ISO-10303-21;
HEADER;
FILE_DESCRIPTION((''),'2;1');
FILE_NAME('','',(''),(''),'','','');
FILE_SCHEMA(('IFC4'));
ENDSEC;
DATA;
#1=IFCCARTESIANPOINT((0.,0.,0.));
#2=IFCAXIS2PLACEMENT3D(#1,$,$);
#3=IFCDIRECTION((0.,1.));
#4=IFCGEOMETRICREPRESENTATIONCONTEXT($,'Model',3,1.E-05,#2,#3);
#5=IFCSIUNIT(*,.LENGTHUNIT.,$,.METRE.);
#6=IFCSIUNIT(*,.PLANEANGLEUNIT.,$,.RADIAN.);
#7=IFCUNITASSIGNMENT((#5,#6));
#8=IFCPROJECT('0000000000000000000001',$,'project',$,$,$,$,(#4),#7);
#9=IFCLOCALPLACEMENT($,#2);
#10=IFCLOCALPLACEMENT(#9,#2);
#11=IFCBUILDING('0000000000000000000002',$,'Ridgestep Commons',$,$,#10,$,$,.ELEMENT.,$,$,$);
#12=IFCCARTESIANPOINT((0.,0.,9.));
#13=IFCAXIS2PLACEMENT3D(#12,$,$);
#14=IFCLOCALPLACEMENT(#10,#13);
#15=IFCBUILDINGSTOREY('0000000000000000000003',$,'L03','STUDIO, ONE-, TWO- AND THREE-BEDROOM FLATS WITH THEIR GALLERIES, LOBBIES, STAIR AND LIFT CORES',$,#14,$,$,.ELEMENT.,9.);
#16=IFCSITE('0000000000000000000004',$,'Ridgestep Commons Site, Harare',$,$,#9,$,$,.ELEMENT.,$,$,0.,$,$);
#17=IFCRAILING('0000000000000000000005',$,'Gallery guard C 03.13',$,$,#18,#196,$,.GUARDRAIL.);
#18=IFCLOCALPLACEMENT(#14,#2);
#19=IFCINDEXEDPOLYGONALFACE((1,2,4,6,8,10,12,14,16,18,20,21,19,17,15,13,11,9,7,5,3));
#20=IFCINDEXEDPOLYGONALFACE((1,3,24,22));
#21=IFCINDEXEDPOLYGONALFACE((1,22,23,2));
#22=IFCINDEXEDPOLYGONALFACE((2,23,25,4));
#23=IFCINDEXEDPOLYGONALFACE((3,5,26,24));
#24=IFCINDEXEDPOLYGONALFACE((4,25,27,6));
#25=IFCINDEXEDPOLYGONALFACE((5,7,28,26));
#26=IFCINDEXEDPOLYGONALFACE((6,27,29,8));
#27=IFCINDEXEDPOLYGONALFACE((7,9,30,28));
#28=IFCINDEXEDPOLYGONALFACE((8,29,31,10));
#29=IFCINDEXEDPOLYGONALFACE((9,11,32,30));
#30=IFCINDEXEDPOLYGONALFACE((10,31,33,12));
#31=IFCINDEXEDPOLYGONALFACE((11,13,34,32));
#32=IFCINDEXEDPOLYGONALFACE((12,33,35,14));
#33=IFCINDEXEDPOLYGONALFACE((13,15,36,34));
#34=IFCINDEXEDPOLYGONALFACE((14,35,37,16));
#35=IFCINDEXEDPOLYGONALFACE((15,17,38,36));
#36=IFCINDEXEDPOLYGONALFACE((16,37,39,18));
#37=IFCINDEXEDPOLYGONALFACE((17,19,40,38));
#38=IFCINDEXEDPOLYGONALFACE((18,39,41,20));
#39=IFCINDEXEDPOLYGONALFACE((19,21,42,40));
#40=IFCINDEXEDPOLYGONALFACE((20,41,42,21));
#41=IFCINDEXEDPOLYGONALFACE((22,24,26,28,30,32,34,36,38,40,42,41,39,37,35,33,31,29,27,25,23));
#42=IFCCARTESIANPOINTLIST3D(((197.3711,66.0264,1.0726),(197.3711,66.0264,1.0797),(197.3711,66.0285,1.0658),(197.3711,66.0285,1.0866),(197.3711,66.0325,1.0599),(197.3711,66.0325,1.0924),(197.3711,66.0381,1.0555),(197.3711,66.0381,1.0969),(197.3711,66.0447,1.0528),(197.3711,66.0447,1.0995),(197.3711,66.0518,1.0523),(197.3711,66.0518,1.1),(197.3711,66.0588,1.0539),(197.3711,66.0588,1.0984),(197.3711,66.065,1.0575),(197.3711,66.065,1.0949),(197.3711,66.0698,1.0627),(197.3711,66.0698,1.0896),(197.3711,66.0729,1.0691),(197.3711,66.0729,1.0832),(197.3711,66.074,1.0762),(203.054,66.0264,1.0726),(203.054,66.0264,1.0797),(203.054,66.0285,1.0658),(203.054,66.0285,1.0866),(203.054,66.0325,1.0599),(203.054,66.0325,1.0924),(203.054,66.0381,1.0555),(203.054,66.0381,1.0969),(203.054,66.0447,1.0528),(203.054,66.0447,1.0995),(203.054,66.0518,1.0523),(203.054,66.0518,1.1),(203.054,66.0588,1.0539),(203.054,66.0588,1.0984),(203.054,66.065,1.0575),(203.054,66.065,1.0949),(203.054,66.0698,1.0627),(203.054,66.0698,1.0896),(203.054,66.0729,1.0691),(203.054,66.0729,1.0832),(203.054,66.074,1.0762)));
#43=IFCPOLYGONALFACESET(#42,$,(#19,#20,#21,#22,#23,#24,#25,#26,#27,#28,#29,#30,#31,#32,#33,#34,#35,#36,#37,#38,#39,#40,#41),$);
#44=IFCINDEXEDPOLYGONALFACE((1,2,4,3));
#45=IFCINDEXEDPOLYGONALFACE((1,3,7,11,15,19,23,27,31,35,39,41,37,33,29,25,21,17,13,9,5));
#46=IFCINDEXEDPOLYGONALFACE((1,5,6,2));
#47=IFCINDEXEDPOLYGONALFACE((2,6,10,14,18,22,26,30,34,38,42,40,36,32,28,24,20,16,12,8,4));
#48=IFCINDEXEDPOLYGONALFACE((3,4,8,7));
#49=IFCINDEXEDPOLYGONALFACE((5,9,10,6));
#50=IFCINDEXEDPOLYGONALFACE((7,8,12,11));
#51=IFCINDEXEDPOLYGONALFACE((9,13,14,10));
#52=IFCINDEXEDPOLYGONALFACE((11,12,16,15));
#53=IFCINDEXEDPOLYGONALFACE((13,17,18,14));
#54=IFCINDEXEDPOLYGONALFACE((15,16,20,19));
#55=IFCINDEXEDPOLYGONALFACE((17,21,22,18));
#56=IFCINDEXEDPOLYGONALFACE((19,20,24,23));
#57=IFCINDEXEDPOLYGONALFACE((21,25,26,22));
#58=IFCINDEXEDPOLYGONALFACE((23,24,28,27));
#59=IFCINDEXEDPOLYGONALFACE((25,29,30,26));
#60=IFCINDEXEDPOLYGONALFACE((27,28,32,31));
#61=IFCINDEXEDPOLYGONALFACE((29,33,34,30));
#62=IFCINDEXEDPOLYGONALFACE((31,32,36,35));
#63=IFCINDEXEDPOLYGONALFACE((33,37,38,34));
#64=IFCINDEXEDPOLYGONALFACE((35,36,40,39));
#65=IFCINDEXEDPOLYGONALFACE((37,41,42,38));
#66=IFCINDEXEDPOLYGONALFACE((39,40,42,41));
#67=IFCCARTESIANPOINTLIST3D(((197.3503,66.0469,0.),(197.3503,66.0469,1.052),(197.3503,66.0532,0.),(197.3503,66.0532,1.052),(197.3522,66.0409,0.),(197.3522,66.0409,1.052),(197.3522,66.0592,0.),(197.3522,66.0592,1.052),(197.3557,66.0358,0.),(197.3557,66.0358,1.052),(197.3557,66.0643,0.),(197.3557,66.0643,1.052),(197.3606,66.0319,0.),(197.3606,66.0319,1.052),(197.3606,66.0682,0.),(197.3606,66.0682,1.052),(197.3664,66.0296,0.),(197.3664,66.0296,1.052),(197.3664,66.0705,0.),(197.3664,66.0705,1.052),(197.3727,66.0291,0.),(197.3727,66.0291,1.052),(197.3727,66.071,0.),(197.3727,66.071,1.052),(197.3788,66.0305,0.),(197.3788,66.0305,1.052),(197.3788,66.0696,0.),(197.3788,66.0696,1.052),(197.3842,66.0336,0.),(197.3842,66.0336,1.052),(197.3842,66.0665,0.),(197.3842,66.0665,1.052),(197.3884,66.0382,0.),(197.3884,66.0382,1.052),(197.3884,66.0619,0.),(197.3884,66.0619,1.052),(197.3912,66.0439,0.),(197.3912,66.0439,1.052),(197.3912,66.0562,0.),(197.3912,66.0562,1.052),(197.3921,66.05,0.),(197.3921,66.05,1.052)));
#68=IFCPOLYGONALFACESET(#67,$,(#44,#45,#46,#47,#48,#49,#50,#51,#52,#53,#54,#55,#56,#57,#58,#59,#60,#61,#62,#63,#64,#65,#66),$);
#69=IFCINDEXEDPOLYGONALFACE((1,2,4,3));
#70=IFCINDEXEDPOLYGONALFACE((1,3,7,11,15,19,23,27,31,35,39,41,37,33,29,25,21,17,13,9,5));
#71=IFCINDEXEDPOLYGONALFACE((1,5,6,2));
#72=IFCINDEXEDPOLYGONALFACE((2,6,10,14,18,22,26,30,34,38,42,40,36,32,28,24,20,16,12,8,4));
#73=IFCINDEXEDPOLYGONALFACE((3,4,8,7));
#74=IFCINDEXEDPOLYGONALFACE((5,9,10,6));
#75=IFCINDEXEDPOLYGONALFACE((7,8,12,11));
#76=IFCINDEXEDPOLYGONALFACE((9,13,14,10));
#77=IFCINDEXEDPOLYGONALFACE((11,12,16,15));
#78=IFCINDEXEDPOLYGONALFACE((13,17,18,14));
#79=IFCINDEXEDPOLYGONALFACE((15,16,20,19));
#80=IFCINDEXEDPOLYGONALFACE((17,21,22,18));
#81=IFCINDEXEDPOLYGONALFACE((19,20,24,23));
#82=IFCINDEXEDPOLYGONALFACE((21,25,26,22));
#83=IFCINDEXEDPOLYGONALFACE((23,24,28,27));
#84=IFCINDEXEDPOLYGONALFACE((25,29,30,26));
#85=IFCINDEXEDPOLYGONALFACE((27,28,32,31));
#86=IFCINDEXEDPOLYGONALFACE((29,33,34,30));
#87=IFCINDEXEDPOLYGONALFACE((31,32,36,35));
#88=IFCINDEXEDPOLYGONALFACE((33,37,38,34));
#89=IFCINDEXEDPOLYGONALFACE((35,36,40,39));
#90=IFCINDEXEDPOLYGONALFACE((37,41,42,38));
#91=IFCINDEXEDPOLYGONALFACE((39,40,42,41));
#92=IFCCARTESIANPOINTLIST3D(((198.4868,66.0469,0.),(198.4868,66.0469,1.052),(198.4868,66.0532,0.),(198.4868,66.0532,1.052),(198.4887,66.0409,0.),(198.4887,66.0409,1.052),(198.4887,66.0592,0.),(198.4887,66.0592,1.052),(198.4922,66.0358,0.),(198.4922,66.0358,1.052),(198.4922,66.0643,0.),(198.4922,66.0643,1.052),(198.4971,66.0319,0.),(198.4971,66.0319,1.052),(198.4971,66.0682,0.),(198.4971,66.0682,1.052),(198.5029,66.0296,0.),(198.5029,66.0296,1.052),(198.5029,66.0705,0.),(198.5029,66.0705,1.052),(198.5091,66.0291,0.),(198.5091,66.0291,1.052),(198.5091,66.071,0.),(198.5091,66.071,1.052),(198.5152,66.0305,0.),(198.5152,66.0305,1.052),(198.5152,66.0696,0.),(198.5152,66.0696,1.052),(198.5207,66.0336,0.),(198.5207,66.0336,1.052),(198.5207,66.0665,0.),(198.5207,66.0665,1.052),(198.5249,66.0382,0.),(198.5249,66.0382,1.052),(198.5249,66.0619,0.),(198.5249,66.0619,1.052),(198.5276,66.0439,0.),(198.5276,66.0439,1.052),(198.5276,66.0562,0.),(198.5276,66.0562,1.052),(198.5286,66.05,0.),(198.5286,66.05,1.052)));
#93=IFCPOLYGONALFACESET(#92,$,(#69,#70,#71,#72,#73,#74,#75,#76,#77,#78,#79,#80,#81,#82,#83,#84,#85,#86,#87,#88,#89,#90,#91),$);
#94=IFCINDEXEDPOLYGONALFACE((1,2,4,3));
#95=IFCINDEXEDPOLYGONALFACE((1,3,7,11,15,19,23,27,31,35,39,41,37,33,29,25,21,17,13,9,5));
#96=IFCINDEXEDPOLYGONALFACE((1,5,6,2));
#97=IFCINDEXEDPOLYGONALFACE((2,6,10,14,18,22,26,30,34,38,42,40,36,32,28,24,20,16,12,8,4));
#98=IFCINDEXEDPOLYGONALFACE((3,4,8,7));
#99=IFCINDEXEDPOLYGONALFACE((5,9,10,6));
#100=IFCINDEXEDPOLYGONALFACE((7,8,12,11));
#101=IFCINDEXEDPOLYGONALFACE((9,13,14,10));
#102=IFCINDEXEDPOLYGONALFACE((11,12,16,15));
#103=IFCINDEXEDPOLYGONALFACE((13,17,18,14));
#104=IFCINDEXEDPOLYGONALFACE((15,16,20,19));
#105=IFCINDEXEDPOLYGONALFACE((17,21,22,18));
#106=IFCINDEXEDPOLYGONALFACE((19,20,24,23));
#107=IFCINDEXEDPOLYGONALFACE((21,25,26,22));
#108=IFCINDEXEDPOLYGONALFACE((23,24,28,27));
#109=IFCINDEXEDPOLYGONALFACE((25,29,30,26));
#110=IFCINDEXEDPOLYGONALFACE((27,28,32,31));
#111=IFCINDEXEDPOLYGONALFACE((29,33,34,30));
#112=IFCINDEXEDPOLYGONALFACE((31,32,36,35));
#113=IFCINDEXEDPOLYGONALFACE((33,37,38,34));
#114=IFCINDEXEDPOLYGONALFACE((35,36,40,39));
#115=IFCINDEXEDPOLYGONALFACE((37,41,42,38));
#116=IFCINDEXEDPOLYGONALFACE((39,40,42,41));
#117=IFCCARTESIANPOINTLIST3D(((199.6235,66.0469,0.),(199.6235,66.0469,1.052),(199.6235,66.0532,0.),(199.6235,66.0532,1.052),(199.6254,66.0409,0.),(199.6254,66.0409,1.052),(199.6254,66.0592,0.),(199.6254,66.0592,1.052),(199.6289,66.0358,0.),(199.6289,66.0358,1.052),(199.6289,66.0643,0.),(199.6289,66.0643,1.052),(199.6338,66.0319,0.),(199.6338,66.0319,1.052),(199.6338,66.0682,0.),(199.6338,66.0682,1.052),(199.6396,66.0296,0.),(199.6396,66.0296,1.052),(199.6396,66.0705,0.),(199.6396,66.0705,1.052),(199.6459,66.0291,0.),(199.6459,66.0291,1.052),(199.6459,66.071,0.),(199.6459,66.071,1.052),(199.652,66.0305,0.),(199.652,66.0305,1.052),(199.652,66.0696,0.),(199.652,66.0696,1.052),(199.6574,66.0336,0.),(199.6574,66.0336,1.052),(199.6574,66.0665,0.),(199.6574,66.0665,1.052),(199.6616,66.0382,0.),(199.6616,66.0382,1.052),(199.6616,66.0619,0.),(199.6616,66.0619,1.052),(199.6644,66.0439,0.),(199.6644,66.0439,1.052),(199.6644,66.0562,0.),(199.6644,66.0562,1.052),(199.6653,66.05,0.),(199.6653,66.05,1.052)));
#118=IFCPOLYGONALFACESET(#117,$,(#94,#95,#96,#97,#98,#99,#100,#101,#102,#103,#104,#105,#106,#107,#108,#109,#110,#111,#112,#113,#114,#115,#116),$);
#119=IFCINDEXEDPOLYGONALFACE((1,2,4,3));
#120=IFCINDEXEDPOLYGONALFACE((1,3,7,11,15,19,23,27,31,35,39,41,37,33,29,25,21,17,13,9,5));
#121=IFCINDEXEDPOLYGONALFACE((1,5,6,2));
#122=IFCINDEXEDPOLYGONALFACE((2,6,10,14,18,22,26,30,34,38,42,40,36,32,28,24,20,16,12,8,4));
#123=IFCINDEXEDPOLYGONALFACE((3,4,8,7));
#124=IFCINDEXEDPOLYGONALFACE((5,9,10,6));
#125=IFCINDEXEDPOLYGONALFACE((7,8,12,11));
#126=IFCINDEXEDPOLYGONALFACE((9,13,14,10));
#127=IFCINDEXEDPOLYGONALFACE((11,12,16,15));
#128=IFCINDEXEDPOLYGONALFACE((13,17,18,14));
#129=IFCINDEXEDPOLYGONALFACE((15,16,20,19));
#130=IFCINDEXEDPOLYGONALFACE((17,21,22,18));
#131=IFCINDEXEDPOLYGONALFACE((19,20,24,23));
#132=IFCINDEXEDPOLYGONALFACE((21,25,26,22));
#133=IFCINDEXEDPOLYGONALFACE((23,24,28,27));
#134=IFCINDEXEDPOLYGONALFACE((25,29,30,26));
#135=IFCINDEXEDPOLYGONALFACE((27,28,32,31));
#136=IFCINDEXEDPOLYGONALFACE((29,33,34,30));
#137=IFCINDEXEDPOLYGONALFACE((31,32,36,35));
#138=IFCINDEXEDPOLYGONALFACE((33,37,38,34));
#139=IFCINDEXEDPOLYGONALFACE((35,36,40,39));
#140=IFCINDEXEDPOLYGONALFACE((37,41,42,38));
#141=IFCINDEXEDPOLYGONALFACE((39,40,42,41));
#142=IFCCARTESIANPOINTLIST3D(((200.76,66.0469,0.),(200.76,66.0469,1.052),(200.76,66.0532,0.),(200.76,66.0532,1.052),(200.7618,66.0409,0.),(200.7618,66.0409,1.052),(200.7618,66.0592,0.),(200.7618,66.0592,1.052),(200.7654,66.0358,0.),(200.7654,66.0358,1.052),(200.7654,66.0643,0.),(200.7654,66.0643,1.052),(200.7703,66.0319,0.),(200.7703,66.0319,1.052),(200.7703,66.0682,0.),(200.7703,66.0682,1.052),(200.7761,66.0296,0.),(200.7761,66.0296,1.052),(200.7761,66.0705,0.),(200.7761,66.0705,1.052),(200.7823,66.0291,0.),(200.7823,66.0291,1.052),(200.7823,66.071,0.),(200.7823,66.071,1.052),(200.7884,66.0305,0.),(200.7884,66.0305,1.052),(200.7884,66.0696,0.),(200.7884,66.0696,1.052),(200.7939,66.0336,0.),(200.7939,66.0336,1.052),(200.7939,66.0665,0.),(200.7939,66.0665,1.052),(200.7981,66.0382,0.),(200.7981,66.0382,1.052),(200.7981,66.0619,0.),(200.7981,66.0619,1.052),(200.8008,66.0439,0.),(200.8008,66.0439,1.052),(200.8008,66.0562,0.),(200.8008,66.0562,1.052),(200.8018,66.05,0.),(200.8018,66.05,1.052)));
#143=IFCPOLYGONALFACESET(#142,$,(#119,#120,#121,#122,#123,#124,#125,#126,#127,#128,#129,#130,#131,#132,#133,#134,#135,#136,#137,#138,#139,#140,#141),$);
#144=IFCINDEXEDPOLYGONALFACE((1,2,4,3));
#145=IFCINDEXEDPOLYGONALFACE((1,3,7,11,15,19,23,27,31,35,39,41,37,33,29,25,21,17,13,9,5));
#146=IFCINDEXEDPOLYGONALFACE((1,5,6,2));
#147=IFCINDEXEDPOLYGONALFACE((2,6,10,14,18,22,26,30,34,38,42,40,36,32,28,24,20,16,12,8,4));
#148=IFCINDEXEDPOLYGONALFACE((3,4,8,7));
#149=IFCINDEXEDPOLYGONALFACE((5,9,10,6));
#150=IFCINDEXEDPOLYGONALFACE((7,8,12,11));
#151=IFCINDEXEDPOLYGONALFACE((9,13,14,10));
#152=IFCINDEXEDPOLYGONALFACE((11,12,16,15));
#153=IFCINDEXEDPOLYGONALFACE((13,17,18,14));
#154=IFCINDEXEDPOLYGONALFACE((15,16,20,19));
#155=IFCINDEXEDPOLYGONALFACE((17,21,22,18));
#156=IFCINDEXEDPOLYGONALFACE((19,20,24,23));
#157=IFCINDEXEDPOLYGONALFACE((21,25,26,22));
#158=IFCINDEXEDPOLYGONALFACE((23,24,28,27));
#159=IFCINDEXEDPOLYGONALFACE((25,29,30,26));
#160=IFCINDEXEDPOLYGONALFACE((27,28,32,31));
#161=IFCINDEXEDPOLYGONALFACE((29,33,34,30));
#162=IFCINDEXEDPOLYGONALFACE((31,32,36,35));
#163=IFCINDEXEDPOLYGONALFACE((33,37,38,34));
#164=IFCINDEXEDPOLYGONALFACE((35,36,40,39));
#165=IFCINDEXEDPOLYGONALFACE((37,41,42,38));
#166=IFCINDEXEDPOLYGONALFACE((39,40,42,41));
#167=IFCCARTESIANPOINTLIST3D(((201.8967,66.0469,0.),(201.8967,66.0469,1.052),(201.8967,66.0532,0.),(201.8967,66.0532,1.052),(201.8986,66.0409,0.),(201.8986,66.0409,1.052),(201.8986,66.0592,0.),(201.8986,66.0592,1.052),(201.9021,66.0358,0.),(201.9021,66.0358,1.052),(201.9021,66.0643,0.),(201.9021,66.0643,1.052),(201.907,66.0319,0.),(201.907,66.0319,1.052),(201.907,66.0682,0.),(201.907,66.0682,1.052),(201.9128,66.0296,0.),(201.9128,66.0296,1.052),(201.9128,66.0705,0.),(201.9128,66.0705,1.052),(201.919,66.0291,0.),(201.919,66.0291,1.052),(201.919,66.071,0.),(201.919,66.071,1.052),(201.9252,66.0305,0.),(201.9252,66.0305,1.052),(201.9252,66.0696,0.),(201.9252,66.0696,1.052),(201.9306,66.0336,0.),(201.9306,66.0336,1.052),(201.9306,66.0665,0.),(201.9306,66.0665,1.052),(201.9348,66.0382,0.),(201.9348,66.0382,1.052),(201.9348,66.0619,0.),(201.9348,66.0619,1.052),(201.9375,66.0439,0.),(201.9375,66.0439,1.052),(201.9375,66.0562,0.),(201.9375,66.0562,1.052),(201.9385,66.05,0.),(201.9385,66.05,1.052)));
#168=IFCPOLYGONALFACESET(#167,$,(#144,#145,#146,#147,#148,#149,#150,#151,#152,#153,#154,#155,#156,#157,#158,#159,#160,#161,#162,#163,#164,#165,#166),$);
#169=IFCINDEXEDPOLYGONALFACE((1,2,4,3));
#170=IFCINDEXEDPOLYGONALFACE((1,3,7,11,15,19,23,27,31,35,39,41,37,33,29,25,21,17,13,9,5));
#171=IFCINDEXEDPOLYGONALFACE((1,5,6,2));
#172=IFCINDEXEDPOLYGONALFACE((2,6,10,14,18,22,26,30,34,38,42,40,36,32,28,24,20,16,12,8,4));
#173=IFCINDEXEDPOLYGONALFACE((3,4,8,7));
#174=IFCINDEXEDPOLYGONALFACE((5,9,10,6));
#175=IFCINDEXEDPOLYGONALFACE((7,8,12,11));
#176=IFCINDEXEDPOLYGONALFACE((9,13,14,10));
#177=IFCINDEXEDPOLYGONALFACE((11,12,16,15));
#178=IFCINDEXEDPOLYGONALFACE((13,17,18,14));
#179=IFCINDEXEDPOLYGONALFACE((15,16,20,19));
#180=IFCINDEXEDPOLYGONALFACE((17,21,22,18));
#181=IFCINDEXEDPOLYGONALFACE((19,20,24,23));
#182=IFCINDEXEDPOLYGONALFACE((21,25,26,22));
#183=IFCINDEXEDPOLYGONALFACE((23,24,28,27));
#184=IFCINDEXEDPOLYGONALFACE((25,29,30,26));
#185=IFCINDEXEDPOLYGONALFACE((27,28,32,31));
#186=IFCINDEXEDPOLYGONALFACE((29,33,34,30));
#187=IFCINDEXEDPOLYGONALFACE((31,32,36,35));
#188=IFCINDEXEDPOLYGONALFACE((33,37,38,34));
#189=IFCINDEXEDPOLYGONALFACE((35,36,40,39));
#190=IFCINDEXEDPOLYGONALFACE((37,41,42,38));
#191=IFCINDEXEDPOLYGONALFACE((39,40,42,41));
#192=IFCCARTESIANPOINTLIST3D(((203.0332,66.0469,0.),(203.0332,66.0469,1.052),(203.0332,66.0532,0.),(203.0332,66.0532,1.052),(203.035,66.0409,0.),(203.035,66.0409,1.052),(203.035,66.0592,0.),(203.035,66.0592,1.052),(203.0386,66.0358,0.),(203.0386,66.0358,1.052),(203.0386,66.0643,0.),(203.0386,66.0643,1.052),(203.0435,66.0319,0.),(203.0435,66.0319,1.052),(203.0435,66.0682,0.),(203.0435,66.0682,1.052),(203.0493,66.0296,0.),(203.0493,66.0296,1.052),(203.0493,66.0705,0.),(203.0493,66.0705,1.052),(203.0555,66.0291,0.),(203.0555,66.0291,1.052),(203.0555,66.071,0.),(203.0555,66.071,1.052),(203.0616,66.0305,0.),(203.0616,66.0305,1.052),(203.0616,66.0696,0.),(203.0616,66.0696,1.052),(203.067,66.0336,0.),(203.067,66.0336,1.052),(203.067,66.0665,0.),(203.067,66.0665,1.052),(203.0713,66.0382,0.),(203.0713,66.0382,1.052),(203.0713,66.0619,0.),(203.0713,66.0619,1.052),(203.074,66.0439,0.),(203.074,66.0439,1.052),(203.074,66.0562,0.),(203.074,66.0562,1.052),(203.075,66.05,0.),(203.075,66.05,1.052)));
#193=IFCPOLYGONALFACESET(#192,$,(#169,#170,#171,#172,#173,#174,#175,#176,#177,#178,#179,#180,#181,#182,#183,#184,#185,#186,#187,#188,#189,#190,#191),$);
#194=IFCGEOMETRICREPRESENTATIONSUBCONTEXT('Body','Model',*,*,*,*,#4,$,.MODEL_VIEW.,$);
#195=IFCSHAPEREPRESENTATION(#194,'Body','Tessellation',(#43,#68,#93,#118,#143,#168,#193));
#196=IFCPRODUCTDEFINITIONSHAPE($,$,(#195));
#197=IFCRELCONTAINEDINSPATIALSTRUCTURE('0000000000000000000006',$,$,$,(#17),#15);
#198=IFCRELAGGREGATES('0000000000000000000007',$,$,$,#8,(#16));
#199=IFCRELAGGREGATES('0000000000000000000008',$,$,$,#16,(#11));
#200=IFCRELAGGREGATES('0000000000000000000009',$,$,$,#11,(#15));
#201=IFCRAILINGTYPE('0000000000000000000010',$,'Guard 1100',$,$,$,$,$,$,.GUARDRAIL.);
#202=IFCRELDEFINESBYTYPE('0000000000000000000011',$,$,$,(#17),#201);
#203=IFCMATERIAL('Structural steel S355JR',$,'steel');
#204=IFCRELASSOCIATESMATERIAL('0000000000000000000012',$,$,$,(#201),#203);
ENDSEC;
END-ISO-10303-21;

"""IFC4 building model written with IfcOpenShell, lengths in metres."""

from ifc_helpers import new_model, si_unit, direction, frame, origin, origin_2d, place, context, subcontext, project, spatial, circle, extrude, material, type_object, element, save


model = new_model("IFC4")

# Units and contexts
model_context = context("Model", 3, precision=1e-05, world=origin(), true_north=direction((0.0, 1.0)))
body_context = subcontext(model_context, "Body", "Model", "MODEL_VIEW")
ifc_project = project(units=[si_unit("LENGTHUNIT", "METRE"), si_unit("PLANEANGLEUNIT", "RADIAN")], contexts=[model_context])

# Site, building, storey
site_placement = place(None, origin())
site = spatial("IfcSite", under=ifc_project, at=site_placement, Name="Ridgestep Commons Site, Harare", CompositionType="ELEMENT", RefElevation=0.0)
building_placement = place(site_placement, origin())
building = spatial("IfcBuilding", under=site, at=building_placement, Name="Ridgestep Commons", CompositionType="ELEMENT")
storey_placement = place(building_placement, frame((0.0, 0.0, 9.0)))
storey = spatial("IfcBuildingStorey", under=building, at=storey_placement, Name="L03", Description="STUDIO, ONE-, TWO- AND THREE-BEDROOM FLATS WITH THEIR GALLERIES, LOBBIES, STAIR AND LIFT CORES", CompositionType="ELEMENT", Elevation=9.0)

# Railing
ifc_material_1 = material(Name="Structural steel S355JR", Category="steel")
railing_type = type_object("IfcRailingType", Name="Guard 1100", PredefinedType="GUARDRAIL", material=ifc_material_1)
railing_1_placement = place(storey_placement, frame((197.3711, 66.05, 0.0)))
element("IfcRailing", 1, at=railing_1_placement, inside=storey, type_object=railing_type, Name="Gallery guard C 03.13", PredefinedType="GUARDRAIL", context=body_context, shape_type="SweptSolid", body=[
    extrude(circle(Radius=0.0239, at=origin_2d()), frame((0.0, 0.0, 1.0762), z_axis=(1.0, 0.0, 0.0), x_axis=(0.0, 1.0, 0.0)), (0.0, 0.0, 1.0), 5.6829),
    extrude(circle(Radius=0.021, at=origin_2d()), origin(), (0.0, 0.0, 1.0), 1.052),
    extrude(circle(Radius=0.021, at=origin_2d()), frame((1.1365, 0.0, 0.0)), (0.0, 0.0, 1.0), 1.052),
    extrude(circle(Radius=0.021, at=origin_2d()), frame((2.2732, 0.0, 0.0)), (0.0, 0.0, 1.0), 1.052),
    extrude(circle(Radius=0.021, at=origin_2d()), frame((3.4097, 0.0, 0.0)), (0.0, 0.0, 1.0), 1.052),
    extrude(circle(Radius=0.021, at=origin_2d()), frame((4.5464, 0.0, 0.0)), (0.0, 0.0, 1.0), 1.052),
    extrude(circle(Radius=0.021, at=origin_2d()), frame((5.6829, 0.0, 0.0)), (0.0, 0.0, 1.0), 1.052),
])

save(model, "model.ifc")
